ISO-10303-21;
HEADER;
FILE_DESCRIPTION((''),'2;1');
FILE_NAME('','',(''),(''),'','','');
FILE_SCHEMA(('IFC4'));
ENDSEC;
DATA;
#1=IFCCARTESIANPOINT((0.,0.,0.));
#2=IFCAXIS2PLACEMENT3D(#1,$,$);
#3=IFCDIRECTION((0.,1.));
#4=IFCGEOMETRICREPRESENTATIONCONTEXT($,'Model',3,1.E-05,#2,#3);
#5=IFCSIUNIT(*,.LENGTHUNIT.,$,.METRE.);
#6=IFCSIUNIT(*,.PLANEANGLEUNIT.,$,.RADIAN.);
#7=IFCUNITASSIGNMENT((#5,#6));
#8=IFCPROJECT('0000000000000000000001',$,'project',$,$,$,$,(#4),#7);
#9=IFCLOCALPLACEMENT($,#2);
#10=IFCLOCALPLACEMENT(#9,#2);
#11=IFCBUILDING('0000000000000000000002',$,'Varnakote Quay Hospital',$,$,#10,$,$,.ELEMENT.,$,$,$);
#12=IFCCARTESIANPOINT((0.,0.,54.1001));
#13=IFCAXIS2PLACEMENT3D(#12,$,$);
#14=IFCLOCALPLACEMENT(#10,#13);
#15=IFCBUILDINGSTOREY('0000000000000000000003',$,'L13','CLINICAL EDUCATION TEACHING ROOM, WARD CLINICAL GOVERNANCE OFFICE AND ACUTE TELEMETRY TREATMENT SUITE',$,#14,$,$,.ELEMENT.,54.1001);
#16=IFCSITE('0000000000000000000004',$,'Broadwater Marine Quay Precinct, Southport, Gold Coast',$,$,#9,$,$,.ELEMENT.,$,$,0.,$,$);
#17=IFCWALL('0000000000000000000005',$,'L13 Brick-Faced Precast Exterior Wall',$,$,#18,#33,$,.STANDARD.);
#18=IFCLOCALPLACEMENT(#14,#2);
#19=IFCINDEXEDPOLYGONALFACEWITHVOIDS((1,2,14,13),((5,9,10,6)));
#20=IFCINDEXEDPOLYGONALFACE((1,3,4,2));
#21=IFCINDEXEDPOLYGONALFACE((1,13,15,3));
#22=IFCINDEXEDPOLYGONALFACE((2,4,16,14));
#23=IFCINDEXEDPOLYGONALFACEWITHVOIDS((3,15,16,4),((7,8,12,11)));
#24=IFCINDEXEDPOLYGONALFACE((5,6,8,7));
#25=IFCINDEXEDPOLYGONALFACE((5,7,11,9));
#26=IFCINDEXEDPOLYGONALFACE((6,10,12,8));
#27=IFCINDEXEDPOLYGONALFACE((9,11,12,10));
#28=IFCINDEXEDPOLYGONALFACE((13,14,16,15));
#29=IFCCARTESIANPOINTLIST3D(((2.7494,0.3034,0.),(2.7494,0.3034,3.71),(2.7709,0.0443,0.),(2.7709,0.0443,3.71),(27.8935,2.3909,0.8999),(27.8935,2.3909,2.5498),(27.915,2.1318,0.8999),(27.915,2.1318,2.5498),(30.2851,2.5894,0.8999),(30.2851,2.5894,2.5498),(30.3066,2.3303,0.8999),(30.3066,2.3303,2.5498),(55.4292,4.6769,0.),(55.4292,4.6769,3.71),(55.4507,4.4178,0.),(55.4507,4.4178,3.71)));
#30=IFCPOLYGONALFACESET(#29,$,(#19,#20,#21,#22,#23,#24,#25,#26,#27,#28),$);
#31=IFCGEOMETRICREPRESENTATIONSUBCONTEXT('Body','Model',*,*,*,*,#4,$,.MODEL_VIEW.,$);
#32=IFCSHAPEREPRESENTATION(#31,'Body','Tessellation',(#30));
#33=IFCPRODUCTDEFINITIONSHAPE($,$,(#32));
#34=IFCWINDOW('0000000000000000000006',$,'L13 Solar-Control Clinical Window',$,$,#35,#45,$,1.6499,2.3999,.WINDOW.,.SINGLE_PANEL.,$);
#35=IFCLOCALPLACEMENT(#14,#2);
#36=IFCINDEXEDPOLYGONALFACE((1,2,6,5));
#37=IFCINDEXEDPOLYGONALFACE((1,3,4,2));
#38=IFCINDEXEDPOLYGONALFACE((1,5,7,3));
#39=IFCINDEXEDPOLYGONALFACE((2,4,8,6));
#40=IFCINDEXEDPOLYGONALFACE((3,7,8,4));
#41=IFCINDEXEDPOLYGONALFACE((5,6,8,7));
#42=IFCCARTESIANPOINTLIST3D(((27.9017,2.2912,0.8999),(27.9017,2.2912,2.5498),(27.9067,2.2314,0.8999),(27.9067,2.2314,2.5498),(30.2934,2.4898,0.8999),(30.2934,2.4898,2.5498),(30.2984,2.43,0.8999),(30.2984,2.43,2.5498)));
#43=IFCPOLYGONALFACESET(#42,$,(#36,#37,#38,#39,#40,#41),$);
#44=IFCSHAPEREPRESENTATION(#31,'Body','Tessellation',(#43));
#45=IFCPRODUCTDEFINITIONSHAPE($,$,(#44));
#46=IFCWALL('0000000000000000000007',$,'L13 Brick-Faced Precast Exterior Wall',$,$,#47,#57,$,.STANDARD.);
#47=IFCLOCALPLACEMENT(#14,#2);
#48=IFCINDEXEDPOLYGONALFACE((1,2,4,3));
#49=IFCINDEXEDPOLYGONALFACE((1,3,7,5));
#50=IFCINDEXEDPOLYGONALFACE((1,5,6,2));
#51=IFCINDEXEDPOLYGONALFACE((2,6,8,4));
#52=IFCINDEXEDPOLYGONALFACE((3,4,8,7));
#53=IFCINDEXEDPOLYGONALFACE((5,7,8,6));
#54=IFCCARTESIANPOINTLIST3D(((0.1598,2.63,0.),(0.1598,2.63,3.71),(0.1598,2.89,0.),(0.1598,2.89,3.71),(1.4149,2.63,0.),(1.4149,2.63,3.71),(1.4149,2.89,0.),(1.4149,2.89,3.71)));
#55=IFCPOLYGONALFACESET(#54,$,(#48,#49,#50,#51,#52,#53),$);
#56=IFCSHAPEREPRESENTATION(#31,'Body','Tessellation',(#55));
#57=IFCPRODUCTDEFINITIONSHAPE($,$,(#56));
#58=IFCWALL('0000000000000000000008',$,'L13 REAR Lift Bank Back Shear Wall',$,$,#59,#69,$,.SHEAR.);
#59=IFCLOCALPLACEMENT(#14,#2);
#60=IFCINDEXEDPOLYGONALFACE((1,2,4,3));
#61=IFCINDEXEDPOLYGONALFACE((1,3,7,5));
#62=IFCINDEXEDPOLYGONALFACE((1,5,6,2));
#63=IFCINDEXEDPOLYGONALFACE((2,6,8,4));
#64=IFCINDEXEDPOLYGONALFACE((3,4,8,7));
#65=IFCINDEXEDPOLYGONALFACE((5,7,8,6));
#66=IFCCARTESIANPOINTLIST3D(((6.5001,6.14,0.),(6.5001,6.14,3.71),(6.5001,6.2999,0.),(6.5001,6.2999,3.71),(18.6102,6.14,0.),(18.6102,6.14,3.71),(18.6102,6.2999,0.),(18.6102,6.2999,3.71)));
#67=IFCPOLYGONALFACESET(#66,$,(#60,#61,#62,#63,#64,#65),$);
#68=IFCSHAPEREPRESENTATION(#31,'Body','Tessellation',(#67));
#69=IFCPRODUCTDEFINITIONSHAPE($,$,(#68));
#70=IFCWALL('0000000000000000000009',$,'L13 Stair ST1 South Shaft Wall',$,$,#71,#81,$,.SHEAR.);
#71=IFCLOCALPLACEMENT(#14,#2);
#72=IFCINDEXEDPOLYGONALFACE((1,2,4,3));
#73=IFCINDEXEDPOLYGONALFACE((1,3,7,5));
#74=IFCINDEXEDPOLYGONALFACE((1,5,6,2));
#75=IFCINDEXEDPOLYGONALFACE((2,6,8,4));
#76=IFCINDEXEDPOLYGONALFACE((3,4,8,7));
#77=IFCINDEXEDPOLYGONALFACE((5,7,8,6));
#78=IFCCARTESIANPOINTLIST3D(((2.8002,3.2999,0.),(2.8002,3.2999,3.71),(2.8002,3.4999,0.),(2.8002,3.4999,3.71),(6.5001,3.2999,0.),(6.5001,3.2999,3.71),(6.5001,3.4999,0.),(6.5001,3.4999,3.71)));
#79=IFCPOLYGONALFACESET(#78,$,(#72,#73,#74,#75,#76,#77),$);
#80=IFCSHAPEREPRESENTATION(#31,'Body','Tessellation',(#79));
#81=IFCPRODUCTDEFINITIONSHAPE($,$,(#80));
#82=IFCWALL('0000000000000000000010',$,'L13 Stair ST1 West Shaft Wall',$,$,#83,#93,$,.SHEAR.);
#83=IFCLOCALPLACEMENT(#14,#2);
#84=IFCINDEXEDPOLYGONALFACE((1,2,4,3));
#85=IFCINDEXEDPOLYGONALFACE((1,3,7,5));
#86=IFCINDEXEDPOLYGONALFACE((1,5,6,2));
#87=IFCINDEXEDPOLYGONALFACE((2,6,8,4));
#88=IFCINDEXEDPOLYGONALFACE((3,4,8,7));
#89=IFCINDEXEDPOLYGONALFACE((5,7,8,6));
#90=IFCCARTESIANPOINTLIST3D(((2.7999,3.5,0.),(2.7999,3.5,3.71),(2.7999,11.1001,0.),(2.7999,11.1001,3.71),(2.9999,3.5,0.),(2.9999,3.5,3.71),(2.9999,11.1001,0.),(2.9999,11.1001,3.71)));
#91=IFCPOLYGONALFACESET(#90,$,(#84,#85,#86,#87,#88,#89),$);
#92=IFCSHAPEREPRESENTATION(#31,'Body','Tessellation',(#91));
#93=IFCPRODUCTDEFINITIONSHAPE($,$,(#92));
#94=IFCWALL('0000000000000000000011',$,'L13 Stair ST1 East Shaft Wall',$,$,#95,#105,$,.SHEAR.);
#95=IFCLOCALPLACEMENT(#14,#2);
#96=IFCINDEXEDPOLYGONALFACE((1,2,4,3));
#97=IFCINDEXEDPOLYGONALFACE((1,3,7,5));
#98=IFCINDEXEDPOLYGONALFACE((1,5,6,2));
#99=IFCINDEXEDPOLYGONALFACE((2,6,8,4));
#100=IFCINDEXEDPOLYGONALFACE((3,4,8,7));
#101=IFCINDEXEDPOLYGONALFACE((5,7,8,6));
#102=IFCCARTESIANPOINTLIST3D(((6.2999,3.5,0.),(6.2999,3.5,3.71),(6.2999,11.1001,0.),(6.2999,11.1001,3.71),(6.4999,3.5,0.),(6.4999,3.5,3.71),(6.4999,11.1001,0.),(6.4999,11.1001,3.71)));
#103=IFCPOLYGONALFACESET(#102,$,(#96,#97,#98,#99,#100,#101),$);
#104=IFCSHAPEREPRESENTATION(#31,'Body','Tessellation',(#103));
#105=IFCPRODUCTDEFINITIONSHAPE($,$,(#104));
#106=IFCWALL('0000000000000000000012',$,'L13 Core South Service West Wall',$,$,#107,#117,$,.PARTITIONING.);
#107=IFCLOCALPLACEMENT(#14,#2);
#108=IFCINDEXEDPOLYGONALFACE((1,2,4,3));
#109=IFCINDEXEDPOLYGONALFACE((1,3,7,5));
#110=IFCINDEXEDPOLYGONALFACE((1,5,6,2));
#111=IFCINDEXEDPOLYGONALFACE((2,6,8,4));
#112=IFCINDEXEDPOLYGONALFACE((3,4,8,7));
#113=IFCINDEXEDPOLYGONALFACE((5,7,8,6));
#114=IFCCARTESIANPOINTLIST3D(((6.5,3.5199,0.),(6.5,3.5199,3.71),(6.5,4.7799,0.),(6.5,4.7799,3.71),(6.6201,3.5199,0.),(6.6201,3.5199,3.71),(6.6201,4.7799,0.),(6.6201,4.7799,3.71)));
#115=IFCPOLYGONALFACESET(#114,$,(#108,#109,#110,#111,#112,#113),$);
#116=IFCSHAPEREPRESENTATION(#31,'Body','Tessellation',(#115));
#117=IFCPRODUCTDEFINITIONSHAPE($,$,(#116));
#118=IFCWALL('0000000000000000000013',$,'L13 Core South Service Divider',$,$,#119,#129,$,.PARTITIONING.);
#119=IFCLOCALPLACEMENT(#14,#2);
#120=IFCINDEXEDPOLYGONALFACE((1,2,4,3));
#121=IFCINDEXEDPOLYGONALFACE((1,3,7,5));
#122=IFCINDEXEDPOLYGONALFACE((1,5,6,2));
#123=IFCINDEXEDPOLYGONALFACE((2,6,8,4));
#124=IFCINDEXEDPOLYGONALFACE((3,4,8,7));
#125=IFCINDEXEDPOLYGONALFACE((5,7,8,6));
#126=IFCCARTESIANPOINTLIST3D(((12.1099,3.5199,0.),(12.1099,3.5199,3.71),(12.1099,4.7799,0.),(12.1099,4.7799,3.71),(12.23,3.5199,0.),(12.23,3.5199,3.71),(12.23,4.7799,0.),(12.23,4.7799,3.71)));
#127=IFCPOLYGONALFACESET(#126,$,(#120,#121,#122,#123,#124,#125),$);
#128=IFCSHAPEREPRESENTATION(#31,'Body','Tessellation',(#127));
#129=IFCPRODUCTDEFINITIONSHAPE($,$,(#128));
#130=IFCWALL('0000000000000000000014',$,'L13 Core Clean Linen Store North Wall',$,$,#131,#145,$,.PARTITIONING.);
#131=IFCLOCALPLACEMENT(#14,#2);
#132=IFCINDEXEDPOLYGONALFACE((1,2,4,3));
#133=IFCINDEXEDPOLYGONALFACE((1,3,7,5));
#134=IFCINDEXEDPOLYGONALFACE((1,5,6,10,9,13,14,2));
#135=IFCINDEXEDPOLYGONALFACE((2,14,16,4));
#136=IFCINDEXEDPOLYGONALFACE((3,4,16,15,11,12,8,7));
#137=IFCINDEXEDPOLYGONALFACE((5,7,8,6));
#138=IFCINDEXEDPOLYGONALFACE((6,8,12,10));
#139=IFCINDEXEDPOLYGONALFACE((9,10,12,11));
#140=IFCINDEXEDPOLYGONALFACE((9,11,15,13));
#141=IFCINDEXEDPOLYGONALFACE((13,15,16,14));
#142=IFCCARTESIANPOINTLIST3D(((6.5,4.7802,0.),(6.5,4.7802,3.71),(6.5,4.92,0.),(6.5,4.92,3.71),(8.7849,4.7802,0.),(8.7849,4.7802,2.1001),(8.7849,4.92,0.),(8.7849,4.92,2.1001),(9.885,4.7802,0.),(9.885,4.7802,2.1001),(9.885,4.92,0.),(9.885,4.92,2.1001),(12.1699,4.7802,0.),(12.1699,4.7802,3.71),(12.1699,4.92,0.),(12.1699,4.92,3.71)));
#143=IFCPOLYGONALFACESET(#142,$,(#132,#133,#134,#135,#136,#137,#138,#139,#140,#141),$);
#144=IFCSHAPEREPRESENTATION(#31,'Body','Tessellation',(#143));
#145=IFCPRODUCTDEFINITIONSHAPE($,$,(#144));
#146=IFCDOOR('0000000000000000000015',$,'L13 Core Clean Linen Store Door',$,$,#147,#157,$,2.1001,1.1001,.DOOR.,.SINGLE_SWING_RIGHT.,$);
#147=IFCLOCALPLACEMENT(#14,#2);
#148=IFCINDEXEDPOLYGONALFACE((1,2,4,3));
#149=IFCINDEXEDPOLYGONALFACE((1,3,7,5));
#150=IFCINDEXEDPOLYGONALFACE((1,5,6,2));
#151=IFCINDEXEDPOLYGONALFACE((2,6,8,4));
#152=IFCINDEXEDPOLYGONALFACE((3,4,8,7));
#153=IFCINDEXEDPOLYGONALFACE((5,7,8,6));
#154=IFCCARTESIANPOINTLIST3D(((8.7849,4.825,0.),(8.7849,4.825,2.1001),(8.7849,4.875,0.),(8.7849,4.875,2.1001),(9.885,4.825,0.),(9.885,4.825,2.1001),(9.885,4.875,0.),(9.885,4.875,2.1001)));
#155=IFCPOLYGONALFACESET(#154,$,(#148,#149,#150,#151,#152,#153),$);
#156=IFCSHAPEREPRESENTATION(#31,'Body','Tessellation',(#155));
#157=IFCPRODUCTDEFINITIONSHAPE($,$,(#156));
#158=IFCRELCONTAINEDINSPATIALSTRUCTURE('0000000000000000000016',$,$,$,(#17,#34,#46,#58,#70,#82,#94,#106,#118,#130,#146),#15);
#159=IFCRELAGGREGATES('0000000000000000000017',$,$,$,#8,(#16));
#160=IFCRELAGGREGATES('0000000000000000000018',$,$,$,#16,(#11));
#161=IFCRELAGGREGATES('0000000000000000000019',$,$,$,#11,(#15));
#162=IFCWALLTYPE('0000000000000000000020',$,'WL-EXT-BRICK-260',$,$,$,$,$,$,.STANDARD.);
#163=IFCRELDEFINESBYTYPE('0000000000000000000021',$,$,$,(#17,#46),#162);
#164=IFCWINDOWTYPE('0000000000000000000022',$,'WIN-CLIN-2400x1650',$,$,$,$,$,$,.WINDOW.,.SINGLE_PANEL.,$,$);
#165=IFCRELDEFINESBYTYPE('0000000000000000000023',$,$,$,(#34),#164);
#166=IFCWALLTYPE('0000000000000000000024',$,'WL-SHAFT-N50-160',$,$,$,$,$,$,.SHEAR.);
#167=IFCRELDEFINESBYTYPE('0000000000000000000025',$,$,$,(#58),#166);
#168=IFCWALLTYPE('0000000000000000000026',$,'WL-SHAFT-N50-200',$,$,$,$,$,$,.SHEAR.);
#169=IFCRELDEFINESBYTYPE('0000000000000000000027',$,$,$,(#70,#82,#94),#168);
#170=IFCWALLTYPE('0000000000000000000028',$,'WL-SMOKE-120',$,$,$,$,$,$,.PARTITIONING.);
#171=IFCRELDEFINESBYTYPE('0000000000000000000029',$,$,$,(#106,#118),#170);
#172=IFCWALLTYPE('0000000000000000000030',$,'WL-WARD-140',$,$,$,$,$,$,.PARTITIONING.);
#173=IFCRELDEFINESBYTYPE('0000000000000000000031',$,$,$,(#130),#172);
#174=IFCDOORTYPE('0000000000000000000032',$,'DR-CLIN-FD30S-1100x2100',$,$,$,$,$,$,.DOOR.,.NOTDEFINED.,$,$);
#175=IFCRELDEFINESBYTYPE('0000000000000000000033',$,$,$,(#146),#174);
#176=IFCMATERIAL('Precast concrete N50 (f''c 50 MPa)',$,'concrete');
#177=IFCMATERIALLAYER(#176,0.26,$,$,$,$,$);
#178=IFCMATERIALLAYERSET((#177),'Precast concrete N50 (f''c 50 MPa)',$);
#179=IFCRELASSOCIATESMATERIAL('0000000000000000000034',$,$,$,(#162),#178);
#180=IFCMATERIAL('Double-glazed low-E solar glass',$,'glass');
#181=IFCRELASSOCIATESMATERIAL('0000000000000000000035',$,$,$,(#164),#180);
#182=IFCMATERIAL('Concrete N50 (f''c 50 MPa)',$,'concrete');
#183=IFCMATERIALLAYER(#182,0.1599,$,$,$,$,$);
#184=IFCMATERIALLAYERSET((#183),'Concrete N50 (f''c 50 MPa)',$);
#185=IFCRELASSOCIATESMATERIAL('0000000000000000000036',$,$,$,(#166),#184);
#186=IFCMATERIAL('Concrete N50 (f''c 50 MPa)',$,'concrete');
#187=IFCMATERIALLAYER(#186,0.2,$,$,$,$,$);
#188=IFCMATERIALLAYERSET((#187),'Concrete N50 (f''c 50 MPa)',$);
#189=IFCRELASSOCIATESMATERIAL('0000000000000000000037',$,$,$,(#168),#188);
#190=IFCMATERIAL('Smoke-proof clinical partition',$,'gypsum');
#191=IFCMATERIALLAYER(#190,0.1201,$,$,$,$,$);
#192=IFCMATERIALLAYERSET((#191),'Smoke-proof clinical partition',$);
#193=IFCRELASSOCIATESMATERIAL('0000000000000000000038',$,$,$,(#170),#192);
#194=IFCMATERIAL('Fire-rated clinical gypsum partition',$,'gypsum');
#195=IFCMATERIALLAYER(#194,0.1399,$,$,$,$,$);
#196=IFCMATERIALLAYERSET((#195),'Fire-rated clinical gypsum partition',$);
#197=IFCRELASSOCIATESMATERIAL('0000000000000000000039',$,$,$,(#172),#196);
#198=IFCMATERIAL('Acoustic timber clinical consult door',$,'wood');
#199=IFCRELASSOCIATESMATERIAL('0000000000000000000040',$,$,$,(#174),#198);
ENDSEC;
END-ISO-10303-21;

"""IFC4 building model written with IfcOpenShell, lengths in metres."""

from ifc_helpers import new_model, si_unit, direction, frame, frame_2d, origin, place, context, subcontext, project, spatial, rectangle, extrude, material, layer, layer_set, type_object, element, fill, save


model = new_model("IFC4")

# Units and contexts
model_context = context("Model", 3, precision=1e-05, world=origin(), true_north=direction((0.0, 1.0)))
body_context = subcontext(model_context, "Body", "Model", "MODEL_VIEW")
ifc_project = project(units=[si_unit("LENGTHUNIT", "METRE"), si_unit("PLANEANGLEUNIT", "RADIAN")], contexts=[model_context])

# Site, building, storey
site_placement = place(None, origin())
site = spatial("IfcSite", under=ifc_project, at=site_placement, Name="Broadwater Marine Quay Precinct, Southport, Gold Coast", CompositionType="ELEMENT", RefElevation=0.0)
building_placement = place(site_placement, origin())
building = spatial("IfcBuilding", under=site, at=building_placement, Name="Varnakote Quay Hospital", CompositionType="ELEMENT")
storey_placement = place(building_placement, frame((0.0, 0.0, 54.1001)))
storey = spatial("IfcBuildingStorey", under=building, at=storey_placement, Name="L13", Description="CLINICAL EDUCATION TEACHING ROOM, WARD CLINICAL GOVERNANCE OFFICE AND ACUTE TELEMETRY TREATMENT SUITE", CompositionType="ELEMENT", Elevation=54.1001)

# Shared definitions
ifc_material_1 = material(Name="Precast concrete N50 (f'c 50 MPa)", Category="concrete")
ifc_layer_1 = layer(ifc_material_1, 0.26)
ifc_layer_set_1 = layer_set([ifc_layer_1], Name="Precast concrete N50 (f'c 50 MPa)")
wall_type_1 = type_object("IfcWallType", Name="WL-EXT-BRICK-260", PredefinedType="STANDARD", material=ifc_layer_set_1)

# Wall, opening, window
wall_1_placement = place(storey_placement, frame((2.76, 0.1738, 0.0), z_axis=(0.0, 0.0, 1.0), x_axis=(0.996571, 0.082736, 0.0)))
wall_1 = element("IfcWall", 1, at=wall_1_placement, inside=storey, type_object=wall_type_1, Name="L13 Brick-Faced Precast Exterior Wall", PredefinedType="STANDARD", context=body_context, shape_type="SweptSolid", body=[
    extrude(rectangle(XDim=52.8611, YDim=0.26, at=frame_2d((26.4307, 0.0))), origin(), (0.0, 0.0, 1.0), 3.71),
])
opening_1_placement = place(wall_1_placement, frame((25.2307, 0.0, 0.8999)))
opening_1 = element("IfcOpeningElement", 2, at=opening_1_placement, cuts=wall_1, PredefinedType="OPENING", context=body_context, shape_type="SweptSolid", body=[
    extrude(rectangle(XDim=2.3999, YDim=1.6499, at=frame_2d((1.2, 0.825))), frame((0.0, 0.1399, 0.0), z_axis=(0.0, -1.0, 0.0), x_axis=(1.0, 0.0, 0.0)), (0.0, 0.0, 1.0), 0.28),
])
ifc_material_2 = material(Name="Double-glazed low-E solar glass", Category="glass")
window_type = type_object("IfcWindowType", Name="WIN-CLIN-2400x1650", PartitioningType="SINGLE_PANEL", PredefinedType="WINDOW", material=ifc_material_2)
window_placement = place(opening_1_placement, origin())
window = element("IfcWindow", 3, at=window_placement, inside=storey, type_object=window_type, Name="L13 Solar-Control Clinical Window", OverallHeight=1.6499, OverallWidth=2.3999, PartitioningType="SINGLE_PANEL", PredefinedType="WINDOW", context=body_context, shape_type="SweptSolid", body=[
    extrude(rectangle(XDim=2.3999, YDim=1.6499, at=frame_2d((1.2, 0.825))), frame((0.0, 0.03, 0.0), z_axis=(0.0, -1.0, 0.0), x_axis=(1.0, 0.0, 0.0)), (0.0, 0.0, 1.0), 0.0601),
])
fill(opening_1, window)

# Walls
wall_2_placement = place(storey_placement, frame((0.1599, 2.76, 0.0), z_axis=(0.0, 0.0, 1.0), x_axis=(1.0, 0.0, 0.0)))
element("IfcWall", 4, at=wall_2_placement, inside=storey, type_object=wall_type_1, Name="L13 Brick-Faced Precast Exterior Wall", PredefinedType="STANDARD", context=body_context, shape_type="SweptSolid", body=[
    extrude(rectangle(XDim=1.2551, YDim=0.26, at=frame_2d((0.6274, 0.0))), origin(), (0.0, 0.0, 1.0), 3.71),
])
ifc_material_3 = material(Name="Concrete N50 (f'c 50 MPa)", Category="concrete")
ifc_layer_2 = layer(ifc_material_3, 0.1599)
ifc_layer_set_2 = layer_set([ifc_layer_2], Name="Concrete N50 (f'c 50 MPa)")
wall_type_2 = type_object("IfcWallType", Name="WL-SHAFT-N50-160", PredefinedType="SHEAR", material=ifc_layer_set_2)
wall_3_placement = place(storey_placement, frame((6.5, 6.22, 0.0), z_axis=(0.0, 0.0, 1.0), x_axis=(1.0, 0.0, 0.0)))
element("IfcWall", 5, at=wall_3_placement, inside=storey, type_object=wall_type_2, Name="L13 REAR Lift Bank Back Shear Wall", PredefinedType="SHEAR", context=body_context, shape_type="SweptSolid", body=[
    extrude(rectangle(XDim=12.1101, YDim=0.1599, at=frame_2d((6.0552, 0.0))), origin(), (0.0, 0.0, 1.0), 3.71),
])
ifc_material_4 = material(Name="Concrete N50 (f'c 50 MPa)", Category="concrete")
ifc_layer_3 = layer(ifc_material_4, 0.2)
ifc_layer_set_3 = layer_set([ifc_layer_3], Name="Concrete N50 (f'c 50 MPa)")
wall_type_3 = type_object("IfcWallType", Name="WL-SHAFT-N50-200", PredefinedType="SHEAR", material=ifc_layer_set_3)
wall_4_placement = place(storey_placement, frame((2.8, 3.3999, 0.0), z_axis=(0.0, 0.0, 1.0), x_axis=(1.0, 0.0, 0.0)))
element("IfcWall", 6, at=wall_4_placement, inside=storey, type_object=wall_type_3, Name="L13 Stair ST1 South Shaft Wall", PredefinedType="SHEAR", context=body_context, shape_type="SweptSolid", body=[
    extrude(rectangle(XDim=3.7, YDim=0.2, at=frame_2d((1.8501, 0.0))), origin(), (0.0, 0.0, 1.0), 3.71),
])
for number, where, z_axis, x_axis, name in (
    (7, (2.8999, 3.5, 0.0), (0.0, 0.0, 1.0), (0.0, 1.0, 0.0), "L13 Stair ST1 West Shaft Wall"),
    (8, (6.3999, 3.5, 0.0), (0.0, 0.0, 1.0), (0.0, 1.0, 0.0), "L13 Stair ST1 East Shaft Wall"),
):
    element("IfcWall", number, at=place(storey_placement, frame(where, z_axis=z_axis, x_axis=x_axis)), inside=storey, type_object=wall_type_3, Name=name, PredefinedType="SHEAR", context=body_context, shape_type="SweptSolid", body=[
        extrude(rectangle(XDim=7.6001, YDim=0.2, at=frame_2d((3.8, 0.0))), origin(), (0.0, 0.0, 1.0), 3.71),
    ])
ifc_material_5 = material(Name="Smoke-proof clinical partition", Category="gypsum")
ifc_layer_4 = layer(ifc_material_5, 0.1201)
ifc_layer_set_4 = layer_set([ifc_layer_4], Name="Smoke-proof clinical partition")
wall_type_4 = type_object("IfcWallType", Name="WL-SMOKE-120", PredefinedType="PARTITIONING", material=ifc_layer_set_4)
for number, where, z_axis, x_axis, name in (
    (9, (6.5601, 3.52, 0.0), (0.0, 0.0, 1.0), (0.0, 1.0, 0.0), "L13 Core South Service West Wall"),
    (10, (12.1699, 3.52, 0.0), (0.0, 0.0, 1.0), (0.0, 1.0, 0.0), "L13 Core South Service Divider"),
):
    element("IfcWall", number, at=place(storey_placement, frame(where, z_axis=z_axis, x_axis=x_axis)), inside=storey, type_object=wall_type_4, Name=name, PredefinedType="PARTITIONING", context=body_context, shape_type="SweptSolid", body=[
        extrude(rectangle(XDim=1.26, YDim=0.1201, at=frame_2d((0.6299, 0.0))), origin(), (0.0, 0.0, 1.0), 3.71),
    ])

# Wall, opening, door
ifc_material_6 = material(Name="Fire-rated clinical gypsum partition", Category="gypsum")
ifc_layer_5 = layer(ifc_material_6, 0.1399)
ifc_layer_set_5 = layer_set([ifc_layer_5], Name="Fire-rated clinical gypsum partition")
wall_type_5 = type_object("IfcWallType", Name="WL-WARD-140", PredefinedType="PARTITIONING", material=ifc_layer_set_5)
wall_5_placement = place(storey_placement, frame((6.5, 4.8501, 0.0), z_axis=(0.0, 0.0, 1.0), x_axis=(1.0, 0.0, 0.0)))
wall_5 = element("IfcWall", 11, at=wall_5_placement, inside=storey, type_object=wall_type_5, Name="L13 Core Clean Linen Store North Wall", PredefinedType="PARTITIONING", context=body_context, shape_type="SweptSolid", body=[
    extrude(rectangle(XDim=5.6699, YDim=0.1399, at=frame_2d((2.835, 0.0))), origin(), (0.0, 0.0, 1.0), 3.71),
])
opening_2_placement = place(wall_5_placement, frame((2.2849, 0.0, 0.0)))
opening_2 = element("IfcOpeningElement", 12, at=opening_2_placement, cuts=wall_5, PredefinedType="OPENING", context=body_context, shape_type="SweptSolid", body=[
    extrude(rectangle(XDim=1.1001, YDim=2.1001, at=frame_2d((0.55, 1.05))), frame((0.0, 0.0798, 0.0), z_axis=(0.0, -1.0, 0.0), x_axis=(1.0, 0.0, 0.0)), (0.0, 0.0, 1.0), 0.1599),
])
ifc_material_7 = material(Name="Acoustic timber clinical consult door", Category="wood")
door_type_1 = type_object("IfcDoorType", Name="DR-CLIN-FD30S-1100x2100", OperationType="NOTDEFINED", PredefinedType="DOOR", material=ifc_material_7)
door_1_placement = place(opening_2_placement, origin())
door_1 = element("IfcDoor", 13, at=door_1_placement, inside=storey, type_object=door_type_1, Name="L13 Core Clean Linen Store Door", OperationType="SINGLE_SWING_RIGHT", OverallHeight=2.1001, OverallWidth=1.1001, PredefinedType="DOOR", context=body_context, shape_type="SweptSolid", body=[
    extrude(rectangle(XDim=1.1001, YDim=2.1001, at=frame_2d((0.55, 1.05))), frame((0.0, 0.0249, 0.0), z_axis=(0.0, -1.0, 0.0), x_axis=(1.0, 0.0, 0.0)), (0.0, 0.0, 1.0), 0.05),
])
fill(opening_2, door_1)

save(model, "model.ifc")
